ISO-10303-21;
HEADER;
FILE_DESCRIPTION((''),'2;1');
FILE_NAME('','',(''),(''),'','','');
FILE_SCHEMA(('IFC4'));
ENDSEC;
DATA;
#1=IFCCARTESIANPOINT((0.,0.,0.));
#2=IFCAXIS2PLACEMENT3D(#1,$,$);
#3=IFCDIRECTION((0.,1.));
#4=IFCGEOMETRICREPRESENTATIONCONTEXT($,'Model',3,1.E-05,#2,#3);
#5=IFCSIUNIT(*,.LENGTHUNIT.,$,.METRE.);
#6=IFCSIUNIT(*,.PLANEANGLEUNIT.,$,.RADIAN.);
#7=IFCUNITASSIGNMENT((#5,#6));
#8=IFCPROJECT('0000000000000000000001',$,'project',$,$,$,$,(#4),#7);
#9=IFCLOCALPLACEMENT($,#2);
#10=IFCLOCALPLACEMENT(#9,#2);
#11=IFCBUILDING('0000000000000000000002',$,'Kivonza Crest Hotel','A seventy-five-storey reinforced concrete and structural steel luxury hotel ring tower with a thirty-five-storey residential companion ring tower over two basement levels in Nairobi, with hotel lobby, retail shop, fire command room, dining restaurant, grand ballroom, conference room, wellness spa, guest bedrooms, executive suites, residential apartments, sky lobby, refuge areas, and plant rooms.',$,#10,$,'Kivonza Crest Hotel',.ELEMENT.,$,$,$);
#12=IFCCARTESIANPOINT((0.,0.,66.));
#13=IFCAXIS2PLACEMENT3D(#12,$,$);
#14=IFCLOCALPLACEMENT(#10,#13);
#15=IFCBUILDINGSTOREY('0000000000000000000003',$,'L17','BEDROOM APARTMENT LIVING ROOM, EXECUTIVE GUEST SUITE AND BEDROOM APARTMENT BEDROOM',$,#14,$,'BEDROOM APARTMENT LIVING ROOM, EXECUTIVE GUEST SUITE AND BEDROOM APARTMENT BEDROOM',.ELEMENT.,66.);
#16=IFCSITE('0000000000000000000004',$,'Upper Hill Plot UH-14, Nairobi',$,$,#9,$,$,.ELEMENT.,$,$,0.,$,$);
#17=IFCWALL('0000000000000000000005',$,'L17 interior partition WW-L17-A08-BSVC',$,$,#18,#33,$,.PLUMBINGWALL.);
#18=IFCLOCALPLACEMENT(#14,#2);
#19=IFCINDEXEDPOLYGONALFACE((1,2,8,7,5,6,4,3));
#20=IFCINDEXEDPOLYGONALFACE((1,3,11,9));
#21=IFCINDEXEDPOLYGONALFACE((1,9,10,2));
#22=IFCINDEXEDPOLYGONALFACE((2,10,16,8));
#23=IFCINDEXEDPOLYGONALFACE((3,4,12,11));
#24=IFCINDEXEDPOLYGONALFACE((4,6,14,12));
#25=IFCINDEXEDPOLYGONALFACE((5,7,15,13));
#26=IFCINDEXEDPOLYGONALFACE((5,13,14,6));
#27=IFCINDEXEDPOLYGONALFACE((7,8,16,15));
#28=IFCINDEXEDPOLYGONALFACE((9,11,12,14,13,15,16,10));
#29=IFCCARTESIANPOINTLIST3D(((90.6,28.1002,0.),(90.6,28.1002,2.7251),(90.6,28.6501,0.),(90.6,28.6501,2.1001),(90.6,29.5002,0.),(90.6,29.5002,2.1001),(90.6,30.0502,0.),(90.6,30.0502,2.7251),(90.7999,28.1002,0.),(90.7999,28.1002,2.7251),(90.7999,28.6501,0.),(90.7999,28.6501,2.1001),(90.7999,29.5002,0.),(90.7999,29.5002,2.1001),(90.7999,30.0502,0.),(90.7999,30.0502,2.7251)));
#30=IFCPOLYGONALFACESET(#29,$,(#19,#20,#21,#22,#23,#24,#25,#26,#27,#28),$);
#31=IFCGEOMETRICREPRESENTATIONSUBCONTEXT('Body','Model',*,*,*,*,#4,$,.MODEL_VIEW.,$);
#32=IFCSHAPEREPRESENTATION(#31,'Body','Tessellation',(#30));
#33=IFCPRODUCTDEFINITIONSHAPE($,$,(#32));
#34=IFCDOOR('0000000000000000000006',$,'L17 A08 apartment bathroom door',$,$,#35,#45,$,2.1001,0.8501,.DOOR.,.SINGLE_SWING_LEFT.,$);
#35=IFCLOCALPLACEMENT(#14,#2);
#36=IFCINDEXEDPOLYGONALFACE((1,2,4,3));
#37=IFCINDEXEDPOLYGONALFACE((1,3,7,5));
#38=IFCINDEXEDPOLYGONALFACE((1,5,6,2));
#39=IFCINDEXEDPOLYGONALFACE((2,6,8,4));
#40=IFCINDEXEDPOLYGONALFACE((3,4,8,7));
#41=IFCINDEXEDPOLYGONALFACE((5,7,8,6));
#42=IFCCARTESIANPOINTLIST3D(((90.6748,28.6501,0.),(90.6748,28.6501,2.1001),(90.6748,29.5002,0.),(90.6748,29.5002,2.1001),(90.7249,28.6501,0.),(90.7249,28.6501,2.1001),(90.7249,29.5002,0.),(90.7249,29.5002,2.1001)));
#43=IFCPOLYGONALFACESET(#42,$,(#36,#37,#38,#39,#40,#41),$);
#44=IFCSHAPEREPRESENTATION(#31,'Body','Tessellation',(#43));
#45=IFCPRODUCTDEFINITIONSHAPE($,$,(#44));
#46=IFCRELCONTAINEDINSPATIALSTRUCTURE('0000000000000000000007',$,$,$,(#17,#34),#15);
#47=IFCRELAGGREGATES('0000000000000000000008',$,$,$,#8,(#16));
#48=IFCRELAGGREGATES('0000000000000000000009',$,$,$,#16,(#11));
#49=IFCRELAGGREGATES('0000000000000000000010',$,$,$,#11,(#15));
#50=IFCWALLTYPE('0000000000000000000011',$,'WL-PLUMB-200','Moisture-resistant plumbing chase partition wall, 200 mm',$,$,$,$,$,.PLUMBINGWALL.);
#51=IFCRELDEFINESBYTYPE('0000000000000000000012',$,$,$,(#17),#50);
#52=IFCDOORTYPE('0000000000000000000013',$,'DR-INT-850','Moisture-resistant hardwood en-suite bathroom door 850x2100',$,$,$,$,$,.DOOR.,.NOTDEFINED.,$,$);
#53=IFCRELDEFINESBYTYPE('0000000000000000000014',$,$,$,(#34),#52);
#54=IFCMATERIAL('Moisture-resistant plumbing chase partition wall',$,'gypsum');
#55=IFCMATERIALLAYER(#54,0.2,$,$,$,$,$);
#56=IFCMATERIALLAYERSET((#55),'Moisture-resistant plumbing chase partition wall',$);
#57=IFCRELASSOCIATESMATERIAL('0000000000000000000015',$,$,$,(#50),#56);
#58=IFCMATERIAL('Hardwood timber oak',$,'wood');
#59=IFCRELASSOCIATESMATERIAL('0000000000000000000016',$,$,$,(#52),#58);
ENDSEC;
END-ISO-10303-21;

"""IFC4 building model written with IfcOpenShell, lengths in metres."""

from ifc_helpers import new_model, si_unit, direction, frame, frame_2d, origin, place, context, subcontext, project, spatial, rectangle, extrude, material, layer, layer_set, type_object, element, fill, save


model = new_model("IFC4")

# Units and contexts
model_context = context("Model", 3, precision=1e-05, world=origin(), true_north=direction((0.0, 1.0)))
body_context = subcontext(model_context, "Body", "Model", "MODEL_VIEW")
ifc_project = project(units=[si_unit("LENGTHUNIT", "METRE"), si_unit("PLANEANGLEUNIT", "RADIAN")], contexts=[model_context])

# Site, building, storey
site_placement = place(None, origin())
site = spatial("IfcSite", under=ifc_project, at=site_placement, Name="Upper Hill Plot UH-14, Nairobi", CompositionType="ELEMENT", RefElevation=0.0)
building_placement = place(site_placement, origin())
building = spatial("IfcBuilding", under=site, at=building_placement, Name="Kivonza Crest Hotel", Description="A seventy-five-storey reinforced concrete and structural steel luxury hotel ring tower with a thirty-five-storey residential companion ring tower over two basement levels in Nairobi, with hotel lobby, retail shop, fire command room, dining restaurant, grand ballroom, conference room, wellness spa, guest bedrooms, executive suites, residential apartments, sky lobby, refuge areas, and plant rooms.", LongName="Kivonza Crest Hotel", CompositionType="ELEMENT")
storey_placement = place(building_placement, frame((0.0, 0.0, 66.0)))
storey = spatial("IfcBuildingStorey", under=building, at=storey_placement, Name="L17", Description="BEDROOM APARTMENT LIVING ROOM, EXECUTIVE GUEST SUITE AND BEDROOM APARTMENT BEDROOM", LongName="BEDROOM APARTMENT LIVING ROOM, EXECUTIVE GUEST SUITE AND BEDROOM APARTMENT BEDROOM", CompositionType="ELEMENT", Elevation=66.0)

# Wall, opening, door
ifc_material_1 = material(Name="Hardwood timber oak", Category="wood")
ifc_material_2 = material(Name="Moisture-resistant plumbing chase partition wall", Category="gypsum")
ifc_layer_1 = layer(ifc_material_2, 0.2)
ifc_layer_set_1 = layer_set([ifc_layer_1], Name="Moisture-resistant plumbing chase partition wall")
wall_type_1 = type_object("IfcWallType", Name="WL-PLUMB-200", Description="Moisture-resistant plumbing chase partition wall, 200 mm", PredefinedType="PLUMBINGWALL", material=ifc_layer_set_1)
wall_1_placement = place(storey_placement, frame((90.7, 28.1001, 0.0), z_axis=(0.0, 0.0, 1.0), x_axis=(0.0, 1.0, 0.0)))
wall_1 = element("IfcWall", 1, at=wall_1_placement, inside=storey, type_object=wall_type_1, Name="L17 interior partition WW-L17-A08-BSVC", PredefinedType="PLUMBINGWALL", context=body_context, shape_type="SweptSolid", body=[
    extrude(rectangle(XDim=1.95, YDim=0.2, at=frame_2d((0.9751, 0.0))), origin(), (0.0, 0.0, 1.0), 2.7251),
])
opening_1_placement = place(wall_1_placement, frame((0.55, 0.0, 0.0)))
opening_1 = element("IfcOpeningElement", 2, at=opening_1_placement, cuts=wall_1, PredefinedType="OPENING", context=body_context, shape_type="SweptSolid", body=[
    extrude(rectangle(XDim=0.8501, YDim=2.1001, at=frame_2d((0.425, 1.05))), frame((0.0, 0.1099, 0.0), z_axis=(0.0, -1.0, 0.0), x_axis=(1.0, 0.0, 0.0)), (0.0, 0.0, 1.0), 0.22),
])
door_type_1 = type_object("IfcDoorType", Name="DR-INT-850", Description="Moisture-resistant hardwood en-suite bathroom door 850x2100", OperationType="NOTDEFINED", PredefinedType="DOOR", material=ifc_material_1)
door_1_placement = place(opening_1_placement, frame((0.8501, 0.0, 0.0), z_axis=(0.0, 0.0, 1.0), x_axis=(-1.0, 0.0, 0.0)))
door_1 = element("IfcDoor", 3, at=door_1_placement, inside=storey, type_object=door_type_1, Name="L17 A08 apartment bathroom door", OperationType="SINGLE_SWING_LEFT", OverallHeight=2.1001, OverallWidth=0.8501, PredefinedType="DOOR", context=body_context, shape_type="SweptSolid", body=[
    extrude(rectangle(XDim=0.8501, YDim=2.1001, at=frame_2d((0.425, 1.05))), frame((0.0, 0.0249, 0.0), z_axis=(0.0, -1.0, 0.0), x_axis=(1.0, 0.0, 0.0)), (0.0, 0.0, 1.0), 0.05),
])
fill(opening_1, door_1)

save(model, "model.ifc")
